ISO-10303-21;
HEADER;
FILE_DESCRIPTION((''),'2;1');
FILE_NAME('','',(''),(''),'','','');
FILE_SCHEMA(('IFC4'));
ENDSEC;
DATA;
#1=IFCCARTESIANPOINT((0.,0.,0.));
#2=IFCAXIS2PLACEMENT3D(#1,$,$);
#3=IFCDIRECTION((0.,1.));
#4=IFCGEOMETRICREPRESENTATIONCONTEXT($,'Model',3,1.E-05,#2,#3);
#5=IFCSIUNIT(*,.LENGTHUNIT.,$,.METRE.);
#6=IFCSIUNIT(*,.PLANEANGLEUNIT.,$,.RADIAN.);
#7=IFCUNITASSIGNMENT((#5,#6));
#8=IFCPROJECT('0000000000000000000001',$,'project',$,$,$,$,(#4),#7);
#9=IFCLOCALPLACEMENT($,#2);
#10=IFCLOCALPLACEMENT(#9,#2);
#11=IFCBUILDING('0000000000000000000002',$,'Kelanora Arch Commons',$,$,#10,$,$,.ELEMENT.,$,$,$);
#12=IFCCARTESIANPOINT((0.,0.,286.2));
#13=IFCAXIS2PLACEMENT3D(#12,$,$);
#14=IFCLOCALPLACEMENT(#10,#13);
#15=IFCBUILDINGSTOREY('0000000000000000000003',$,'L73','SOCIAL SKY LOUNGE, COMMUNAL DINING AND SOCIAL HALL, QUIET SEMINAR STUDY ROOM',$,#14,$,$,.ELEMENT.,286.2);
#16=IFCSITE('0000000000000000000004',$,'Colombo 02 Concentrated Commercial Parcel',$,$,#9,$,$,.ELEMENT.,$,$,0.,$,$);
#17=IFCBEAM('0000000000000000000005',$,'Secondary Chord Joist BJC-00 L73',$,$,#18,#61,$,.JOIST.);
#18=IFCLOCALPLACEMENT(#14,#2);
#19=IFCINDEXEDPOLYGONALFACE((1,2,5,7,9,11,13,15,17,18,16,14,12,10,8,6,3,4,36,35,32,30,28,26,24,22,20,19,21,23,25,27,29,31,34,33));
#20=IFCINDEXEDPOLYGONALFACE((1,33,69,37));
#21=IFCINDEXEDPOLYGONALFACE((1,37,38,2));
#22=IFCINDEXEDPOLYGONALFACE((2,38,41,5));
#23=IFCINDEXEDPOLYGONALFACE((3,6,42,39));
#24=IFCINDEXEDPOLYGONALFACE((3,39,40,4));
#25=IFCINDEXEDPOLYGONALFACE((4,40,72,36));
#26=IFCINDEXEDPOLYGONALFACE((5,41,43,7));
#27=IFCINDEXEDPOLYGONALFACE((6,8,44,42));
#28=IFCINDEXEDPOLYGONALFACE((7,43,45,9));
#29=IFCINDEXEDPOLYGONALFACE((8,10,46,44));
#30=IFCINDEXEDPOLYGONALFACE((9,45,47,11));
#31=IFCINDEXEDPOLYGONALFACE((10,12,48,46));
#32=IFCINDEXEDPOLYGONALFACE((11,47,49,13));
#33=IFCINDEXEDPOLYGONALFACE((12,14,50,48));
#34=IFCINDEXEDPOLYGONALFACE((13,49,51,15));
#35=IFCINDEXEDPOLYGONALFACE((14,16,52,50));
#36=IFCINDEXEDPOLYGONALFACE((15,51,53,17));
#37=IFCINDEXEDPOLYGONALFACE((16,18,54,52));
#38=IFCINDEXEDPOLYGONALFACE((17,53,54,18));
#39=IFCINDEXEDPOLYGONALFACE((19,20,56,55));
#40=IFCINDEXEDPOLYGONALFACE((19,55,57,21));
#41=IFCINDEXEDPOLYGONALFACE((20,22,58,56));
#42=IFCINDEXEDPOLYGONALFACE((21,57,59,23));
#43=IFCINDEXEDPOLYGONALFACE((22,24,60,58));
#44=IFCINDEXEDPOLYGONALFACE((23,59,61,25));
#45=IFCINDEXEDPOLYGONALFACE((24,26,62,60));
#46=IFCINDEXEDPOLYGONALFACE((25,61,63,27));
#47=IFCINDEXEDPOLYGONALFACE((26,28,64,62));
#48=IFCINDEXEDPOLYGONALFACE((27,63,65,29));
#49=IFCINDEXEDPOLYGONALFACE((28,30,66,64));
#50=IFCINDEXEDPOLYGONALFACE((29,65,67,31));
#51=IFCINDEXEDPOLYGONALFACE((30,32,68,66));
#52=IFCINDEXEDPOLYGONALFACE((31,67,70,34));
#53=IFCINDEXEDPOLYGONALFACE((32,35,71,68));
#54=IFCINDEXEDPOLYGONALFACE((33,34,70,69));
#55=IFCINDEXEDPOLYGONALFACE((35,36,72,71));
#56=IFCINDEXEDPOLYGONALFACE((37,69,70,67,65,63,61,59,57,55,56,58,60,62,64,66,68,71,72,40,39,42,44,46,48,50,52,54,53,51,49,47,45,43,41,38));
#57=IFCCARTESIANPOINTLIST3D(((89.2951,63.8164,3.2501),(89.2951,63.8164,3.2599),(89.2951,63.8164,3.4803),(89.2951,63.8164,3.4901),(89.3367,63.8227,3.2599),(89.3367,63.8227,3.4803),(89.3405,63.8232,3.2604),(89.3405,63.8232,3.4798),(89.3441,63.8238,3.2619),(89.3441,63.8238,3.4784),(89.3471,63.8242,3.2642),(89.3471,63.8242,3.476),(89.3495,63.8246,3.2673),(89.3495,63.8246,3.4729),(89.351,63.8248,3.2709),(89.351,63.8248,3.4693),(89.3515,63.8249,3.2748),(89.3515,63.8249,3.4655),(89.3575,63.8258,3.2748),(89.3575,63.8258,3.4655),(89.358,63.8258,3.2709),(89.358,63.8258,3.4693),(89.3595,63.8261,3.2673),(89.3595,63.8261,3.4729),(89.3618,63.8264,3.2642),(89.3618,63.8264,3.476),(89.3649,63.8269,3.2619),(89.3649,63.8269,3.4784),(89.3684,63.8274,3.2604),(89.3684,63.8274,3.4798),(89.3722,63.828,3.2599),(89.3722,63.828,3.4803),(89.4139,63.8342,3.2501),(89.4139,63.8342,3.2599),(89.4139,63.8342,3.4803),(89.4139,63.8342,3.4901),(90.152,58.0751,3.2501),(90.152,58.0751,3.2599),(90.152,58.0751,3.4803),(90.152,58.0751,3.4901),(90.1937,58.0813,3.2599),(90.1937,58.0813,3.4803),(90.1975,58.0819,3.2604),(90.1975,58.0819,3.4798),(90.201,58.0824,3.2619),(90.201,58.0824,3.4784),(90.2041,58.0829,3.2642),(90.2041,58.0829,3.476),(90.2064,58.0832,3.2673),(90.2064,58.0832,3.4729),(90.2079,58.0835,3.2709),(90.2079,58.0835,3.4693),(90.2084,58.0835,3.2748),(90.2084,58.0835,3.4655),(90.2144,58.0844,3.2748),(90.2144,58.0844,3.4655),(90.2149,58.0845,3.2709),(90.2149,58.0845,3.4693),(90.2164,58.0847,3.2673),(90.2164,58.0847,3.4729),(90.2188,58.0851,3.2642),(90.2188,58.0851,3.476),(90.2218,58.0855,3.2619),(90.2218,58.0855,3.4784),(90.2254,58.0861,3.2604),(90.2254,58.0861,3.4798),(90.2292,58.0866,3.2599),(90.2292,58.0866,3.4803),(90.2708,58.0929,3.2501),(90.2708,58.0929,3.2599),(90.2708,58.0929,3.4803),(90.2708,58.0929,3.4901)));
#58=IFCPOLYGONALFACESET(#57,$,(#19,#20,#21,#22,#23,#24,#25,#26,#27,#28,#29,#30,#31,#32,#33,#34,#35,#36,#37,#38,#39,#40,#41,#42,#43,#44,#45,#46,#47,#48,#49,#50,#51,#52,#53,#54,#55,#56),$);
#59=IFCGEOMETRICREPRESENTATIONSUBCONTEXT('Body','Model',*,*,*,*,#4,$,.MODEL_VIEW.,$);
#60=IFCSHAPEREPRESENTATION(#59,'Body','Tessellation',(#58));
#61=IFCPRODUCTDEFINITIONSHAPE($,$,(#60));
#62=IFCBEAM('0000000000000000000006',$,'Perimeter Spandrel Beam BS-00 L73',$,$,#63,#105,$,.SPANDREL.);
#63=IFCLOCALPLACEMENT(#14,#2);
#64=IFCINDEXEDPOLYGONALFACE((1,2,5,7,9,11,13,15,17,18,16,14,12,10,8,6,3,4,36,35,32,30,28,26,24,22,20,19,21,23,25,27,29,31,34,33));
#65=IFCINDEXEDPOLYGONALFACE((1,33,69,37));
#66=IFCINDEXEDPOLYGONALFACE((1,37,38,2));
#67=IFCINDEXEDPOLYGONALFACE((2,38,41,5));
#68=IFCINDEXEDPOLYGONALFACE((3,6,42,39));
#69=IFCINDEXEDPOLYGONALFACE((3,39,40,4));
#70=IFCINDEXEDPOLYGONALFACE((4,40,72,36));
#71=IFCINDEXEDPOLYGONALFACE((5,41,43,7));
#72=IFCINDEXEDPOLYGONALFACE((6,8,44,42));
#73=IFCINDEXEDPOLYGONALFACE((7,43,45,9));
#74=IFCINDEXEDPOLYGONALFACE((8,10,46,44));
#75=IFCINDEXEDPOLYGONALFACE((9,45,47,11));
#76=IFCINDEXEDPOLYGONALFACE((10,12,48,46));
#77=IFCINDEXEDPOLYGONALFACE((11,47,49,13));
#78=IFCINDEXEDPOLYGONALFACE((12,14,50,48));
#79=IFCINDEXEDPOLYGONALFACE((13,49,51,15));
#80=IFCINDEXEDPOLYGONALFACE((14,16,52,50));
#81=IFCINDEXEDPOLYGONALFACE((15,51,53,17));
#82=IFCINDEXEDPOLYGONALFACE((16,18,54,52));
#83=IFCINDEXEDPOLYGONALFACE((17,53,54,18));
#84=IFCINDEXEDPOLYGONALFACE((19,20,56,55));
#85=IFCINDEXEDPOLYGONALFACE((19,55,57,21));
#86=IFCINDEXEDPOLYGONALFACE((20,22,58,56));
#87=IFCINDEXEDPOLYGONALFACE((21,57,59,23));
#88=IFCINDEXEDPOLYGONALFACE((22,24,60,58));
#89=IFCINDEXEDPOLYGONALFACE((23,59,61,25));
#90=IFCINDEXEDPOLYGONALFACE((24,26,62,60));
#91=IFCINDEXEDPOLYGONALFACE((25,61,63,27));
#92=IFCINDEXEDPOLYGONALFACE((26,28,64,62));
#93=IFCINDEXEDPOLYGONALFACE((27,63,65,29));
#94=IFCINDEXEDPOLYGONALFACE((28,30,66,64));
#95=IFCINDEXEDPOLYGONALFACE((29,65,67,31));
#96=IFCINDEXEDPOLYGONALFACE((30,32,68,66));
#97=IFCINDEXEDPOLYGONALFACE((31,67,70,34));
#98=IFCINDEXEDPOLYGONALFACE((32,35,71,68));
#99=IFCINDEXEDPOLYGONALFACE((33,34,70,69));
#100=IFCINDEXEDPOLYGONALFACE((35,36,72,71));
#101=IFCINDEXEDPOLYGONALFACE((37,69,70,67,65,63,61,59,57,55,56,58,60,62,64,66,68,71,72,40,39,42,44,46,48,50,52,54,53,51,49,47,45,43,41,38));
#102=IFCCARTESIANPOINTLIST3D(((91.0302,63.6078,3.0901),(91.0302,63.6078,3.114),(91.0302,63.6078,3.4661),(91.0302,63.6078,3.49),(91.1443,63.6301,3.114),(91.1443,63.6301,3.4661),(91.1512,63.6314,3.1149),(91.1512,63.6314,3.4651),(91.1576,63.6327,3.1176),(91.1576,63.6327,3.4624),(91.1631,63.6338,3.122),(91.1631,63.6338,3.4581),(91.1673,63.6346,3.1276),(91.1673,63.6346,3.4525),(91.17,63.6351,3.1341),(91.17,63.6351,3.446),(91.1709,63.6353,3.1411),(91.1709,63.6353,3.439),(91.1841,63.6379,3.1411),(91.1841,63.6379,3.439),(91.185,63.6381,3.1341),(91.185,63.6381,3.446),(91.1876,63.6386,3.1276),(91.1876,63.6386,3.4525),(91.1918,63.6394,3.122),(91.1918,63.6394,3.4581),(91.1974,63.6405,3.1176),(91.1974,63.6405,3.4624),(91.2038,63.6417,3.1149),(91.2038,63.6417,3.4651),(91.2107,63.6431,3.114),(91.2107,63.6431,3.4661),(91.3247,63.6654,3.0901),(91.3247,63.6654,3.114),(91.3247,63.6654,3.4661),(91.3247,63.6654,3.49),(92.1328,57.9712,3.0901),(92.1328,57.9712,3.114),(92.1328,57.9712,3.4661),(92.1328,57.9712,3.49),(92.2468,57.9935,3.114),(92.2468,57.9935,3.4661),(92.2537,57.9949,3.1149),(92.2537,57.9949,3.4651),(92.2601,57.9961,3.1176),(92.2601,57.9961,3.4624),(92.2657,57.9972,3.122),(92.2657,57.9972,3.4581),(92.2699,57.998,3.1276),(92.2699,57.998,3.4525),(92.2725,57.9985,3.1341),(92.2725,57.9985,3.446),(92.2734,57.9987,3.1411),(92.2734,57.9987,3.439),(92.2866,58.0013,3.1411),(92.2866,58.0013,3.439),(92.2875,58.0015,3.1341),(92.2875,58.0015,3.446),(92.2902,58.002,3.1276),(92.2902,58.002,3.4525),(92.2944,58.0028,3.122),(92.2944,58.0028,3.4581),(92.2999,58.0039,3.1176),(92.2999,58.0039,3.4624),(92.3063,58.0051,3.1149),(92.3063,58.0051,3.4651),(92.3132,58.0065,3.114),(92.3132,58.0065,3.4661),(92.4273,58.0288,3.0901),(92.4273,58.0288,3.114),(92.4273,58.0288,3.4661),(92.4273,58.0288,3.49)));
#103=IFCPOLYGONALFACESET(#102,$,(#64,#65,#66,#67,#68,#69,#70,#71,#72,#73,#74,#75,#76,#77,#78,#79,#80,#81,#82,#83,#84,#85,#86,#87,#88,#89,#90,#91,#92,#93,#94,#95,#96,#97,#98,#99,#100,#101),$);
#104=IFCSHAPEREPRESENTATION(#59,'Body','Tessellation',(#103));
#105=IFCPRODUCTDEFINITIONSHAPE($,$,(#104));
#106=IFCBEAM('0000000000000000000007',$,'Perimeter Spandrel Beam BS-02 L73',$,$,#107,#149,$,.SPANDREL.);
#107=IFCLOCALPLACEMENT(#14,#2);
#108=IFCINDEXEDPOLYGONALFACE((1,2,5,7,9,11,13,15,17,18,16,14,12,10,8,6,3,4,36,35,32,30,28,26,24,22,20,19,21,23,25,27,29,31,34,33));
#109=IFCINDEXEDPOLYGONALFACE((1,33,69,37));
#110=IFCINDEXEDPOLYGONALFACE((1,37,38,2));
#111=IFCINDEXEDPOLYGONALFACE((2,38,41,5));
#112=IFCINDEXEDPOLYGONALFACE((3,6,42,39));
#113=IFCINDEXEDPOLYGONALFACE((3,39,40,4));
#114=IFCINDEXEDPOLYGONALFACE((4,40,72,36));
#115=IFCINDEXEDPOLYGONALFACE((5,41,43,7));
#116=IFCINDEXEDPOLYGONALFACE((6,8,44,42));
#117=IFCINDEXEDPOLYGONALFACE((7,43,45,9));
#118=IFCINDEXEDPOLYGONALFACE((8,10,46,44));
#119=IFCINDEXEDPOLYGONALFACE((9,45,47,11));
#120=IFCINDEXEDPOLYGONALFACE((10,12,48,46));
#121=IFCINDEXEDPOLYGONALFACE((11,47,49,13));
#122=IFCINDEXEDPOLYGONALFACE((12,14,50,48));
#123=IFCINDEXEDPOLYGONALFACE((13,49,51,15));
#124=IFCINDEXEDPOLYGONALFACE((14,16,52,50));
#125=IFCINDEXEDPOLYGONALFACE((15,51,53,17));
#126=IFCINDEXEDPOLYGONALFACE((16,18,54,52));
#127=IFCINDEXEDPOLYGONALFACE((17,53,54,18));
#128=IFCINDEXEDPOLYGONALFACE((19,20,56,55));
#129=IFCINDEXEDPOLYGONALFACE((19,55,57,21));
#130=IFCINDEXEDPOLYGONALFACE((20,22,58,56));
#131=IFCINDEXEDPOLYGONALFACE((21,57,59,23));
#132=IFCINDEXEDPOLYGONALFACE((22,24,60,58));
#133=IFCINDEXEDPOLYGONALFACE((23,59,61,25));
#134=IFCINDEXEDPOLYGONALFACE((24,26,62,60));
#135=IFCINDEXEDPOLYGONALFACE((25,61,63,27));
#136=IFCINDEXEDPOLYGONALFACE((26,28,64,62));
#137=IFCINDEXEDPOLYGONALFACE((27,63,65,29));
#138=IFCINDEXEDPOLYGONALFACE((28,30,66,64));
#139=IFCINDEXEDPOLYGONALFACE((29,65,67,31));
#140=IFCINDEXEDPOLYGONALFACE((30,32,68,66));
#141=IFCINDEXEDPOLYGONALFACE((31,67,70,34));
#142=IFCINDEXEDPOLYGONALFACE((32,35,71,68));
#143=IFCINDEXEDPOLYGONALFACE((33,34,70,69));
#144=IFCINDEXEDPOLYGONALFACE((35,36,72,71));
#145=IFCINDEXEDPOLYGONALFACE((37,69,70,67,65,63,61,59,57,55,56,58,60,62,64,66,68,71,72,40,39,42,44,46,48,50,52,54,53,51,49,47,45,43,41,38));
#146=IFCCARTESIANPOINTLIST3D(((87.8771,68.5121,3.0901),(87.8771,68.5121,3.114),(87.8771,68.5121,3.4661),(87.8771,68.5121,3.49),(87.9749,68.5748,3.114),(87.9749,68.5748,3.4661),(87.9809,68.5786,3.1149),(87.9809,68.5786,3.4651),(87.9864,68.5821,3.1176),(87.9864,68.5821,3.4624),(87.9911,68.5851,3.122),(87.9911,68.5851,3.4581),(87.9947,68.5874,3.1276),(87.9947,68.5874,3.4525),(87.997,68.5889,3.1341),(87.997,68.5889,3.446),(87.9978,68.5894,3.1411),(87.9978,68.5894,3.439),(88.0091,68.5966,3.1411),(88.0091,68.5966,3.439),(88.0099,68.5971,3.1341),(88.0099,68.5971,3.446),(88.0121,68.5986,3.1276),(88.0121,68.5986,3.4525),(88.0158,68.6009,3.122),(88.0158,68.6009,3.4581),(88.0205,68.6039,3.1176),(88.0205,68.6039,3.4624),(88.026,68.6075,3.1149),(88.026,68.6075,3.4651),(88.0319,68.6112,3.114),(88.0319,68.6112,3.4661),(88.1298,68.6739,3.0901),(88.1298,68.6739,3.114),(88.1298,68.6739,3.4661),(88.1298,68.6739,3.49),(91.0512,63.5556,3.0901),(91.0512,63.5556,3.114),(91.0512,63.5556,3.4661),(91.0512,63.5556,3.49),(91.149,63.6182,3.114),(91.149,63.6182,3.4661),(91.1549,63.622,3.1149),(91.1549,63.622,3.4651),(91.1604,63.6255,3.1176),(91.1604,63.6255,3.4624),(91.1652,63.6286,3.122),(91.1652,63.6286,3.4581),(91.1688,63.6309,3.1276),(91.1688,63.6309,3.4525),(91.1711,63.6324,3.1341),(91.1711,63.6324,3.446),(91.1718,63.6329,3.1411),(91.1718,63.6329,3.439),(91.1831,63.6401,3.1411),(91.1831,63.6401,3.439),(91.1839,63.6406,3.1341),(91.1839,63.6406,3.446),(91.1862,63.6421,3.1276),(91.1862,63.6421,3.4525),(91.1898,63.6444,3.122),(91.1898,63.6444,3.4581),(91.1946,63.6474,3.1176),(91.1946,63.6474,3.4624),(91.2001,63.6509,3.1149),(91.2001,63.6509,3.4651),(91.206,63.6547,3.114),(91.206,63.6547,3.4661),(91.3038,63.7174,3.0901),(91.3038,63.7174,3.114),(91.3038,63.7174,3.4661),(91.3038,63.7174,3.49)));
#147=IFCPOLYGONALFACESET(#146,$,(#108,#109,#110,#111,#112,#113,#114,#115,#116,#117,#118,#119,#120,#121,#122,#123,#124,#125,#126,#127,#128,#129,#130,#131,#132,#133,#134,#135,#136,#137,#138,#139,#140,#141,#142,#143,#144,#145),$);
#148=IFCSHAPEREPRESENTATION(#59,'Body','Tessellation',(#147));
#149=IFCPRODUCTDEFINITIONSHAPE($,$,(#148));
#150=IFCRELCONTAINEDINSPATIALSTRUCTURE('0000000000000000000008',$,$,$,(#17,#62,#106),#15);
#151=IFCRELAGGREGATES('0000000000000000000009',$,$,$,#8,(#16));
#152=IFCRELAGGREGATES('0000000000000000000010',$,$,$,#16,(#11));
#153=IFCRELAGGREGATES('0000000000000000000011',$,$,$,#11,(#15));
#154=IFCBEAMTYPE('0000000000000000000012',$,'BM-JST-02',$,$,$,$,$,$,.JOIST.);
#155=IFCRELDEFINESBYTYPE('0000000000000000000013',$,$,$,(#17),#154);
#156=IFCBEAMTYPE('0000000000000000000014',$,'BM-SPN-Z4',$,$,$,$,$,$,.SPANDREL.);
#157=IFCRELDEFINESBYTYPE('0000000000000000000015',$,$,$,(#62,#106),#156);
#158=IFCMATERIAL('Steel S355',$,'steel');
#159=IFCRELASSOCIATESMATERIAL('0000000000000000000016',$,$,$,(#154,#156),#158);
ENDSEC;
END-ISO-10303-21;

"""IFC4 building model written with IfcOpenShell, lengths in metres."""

from ifc_helpers import new_model, si_unit, direction, frame, origin, origin_2d, place, context, subcontext, project, spatial, i_section, extrude, material, material_profile, profile_set, type_object, element, save


model = new_model("IFC4")

# Units and contexts
model_context = context("Model", 3, precision=1e-05, world=origin(), true_north=direction((0.0, 1.0)))
body_context = subcontext(model_context, "Body", "Model", "MODEL_VIEW")
ifc_project = project(units=[si_unit("LENGTHUNIT", "METRE"), si_unit("PLANEANGLEUNIT", "RADIAN")], contexts=[model_context])

# Site, building, storey
site_placement = place(None, origin())
site = spatial("IfcSite", under=ifc_project, at=site_placement, Name="Colombo 02 Concentrated Commercial Parcel", CompositionType="ELEMENT", RefElevation=0.0)
building_placement = place(site_placement, origin())
building = spatial("IfcBuilding", under=site, at=building_placement, Name="Kelanora Arch Commons", CompositionType="ELEMENT")
storey_placement = place(building_placement, frame((0.0, 0.0, 286.2)))
storey = spatial("IfcBuildingStorey", under=building, at=storey_placement, Name="L73", Description="SOCIAL SKY LOUNGE, COMMUNAL DINING AND SOCIAL HALL, QUIET SEMINAR STUDY ROOM", CompositionType="ELEMENT", Elevation=286.2)

# Beams
ifc_material_1 = material(Name="Steel S355", Category="steel")
ifc_material_profile_1 = material_profile(ifc_material_1, i_section(OverallWidth=0.1201, OverallDepth=0.24, WebThickness=0.0061, FlangeThickness=0.0098, FilletRadius=0.0149, at=origin_2d()), Name="IPE240")
ifc_profile_set_1 = profile_set([ifc_material_profile_1], Name="Steel S355")
beam_type_1 = type_object("IfcBeamType", Name="BM-JST-02", PredefinedType="JOIST", material=ifc_profile_set_1)
beam_1_placement = place(storey_placement, frame((90.2114, 58.084, 3.3701), z_axis=(-0.147625, 0.989043, 0.0), x_axis=(-0.989043, -0.147625, 0.0)))
element("IfcBeam", 1, at=beam_1_placement, inside=storey, type_object=beam_type_1, Name="Secondary Chord Joist BJC-00 L73", PredefinedType="JOIST", context=body_context, shape_type="SweptSolid", body=[
    extrude(i_section(OverallWidth=0.1201, OverallDepth=0.24, WebThickness=0.0061, FlangeThickness=0.0098, FilletRadius=0.0149, at=origin_2d()), origin(), (0.0, 0.0, 1.0), 5.8049),
])
ifc_material_profile_2 = material_profile(ifc_material_1, i_section(OverallWidth=0.3, OverallDepth=0.3999, WebThickness=0.0134, FlangeThickness=0.0239, FilletRadius=0.0271, at=origin_2d()), Name="HEB400")
ifc_profile_set_2 = profile_set([ifc_material_profile_2], Name="Steel S355")
beam_type_2 = type_object("IfcBeamType", Name="BM-SPN-Z4", PredefinedType="SPANDREL", material=ifc_profile_set_2)
beam_2_placement = place(storey_placement, frame((92.28, 58.0, 3.29), z_axis=(-0.19197, 0.981401, 0.0), x_axis=(-0.981401, -0.19197, 0.0)))
element("IfcBeam", 2, at=beam_2_placement, inside=storey, type_object=beam_type_2, Name="Perimeter Spandrel Beam BS-00 L73", PredefinedType="SPANDREL", context=body_context, shape_type="SweptSolid", body=[
    extrude(i_section(OverallWidth=0.3, OverallDepth=0.3999, WebThickness=0.0134, FlangeThickness=0.0239, FilletRadius=0.0271, at=origin_2d()), origin(), (0.0, 0.0, 1.0), 5.7434),
])
beam_3_placement = place(storey_placement, frame((91.1775, 63.6365, 3.29), z_axis=(-0.539281, 0.842126, 0.0), x_axis=(-0.842126, -0.539281, 0.0)))
element("IfcBeam", 3, at=beam_3_placement, inside=storey, type_object=beam_type_2, Name="Perimeter Spandrel Beam BS-02 L73", PredefinedType="SPANDREL", context=body_context, shape_type="SweptSolid", body=[
    extrude(i_section(OverallWidth=0.3, OverallDepth=0.3999, WebThickness=0.0134, FlangeThickness=0.0239, FilletRadius=0.0271, at=origin_2d()), origin(), (0.0, 0.0, 1.0), 5.8857),
])

save(model, "model.ifc")
